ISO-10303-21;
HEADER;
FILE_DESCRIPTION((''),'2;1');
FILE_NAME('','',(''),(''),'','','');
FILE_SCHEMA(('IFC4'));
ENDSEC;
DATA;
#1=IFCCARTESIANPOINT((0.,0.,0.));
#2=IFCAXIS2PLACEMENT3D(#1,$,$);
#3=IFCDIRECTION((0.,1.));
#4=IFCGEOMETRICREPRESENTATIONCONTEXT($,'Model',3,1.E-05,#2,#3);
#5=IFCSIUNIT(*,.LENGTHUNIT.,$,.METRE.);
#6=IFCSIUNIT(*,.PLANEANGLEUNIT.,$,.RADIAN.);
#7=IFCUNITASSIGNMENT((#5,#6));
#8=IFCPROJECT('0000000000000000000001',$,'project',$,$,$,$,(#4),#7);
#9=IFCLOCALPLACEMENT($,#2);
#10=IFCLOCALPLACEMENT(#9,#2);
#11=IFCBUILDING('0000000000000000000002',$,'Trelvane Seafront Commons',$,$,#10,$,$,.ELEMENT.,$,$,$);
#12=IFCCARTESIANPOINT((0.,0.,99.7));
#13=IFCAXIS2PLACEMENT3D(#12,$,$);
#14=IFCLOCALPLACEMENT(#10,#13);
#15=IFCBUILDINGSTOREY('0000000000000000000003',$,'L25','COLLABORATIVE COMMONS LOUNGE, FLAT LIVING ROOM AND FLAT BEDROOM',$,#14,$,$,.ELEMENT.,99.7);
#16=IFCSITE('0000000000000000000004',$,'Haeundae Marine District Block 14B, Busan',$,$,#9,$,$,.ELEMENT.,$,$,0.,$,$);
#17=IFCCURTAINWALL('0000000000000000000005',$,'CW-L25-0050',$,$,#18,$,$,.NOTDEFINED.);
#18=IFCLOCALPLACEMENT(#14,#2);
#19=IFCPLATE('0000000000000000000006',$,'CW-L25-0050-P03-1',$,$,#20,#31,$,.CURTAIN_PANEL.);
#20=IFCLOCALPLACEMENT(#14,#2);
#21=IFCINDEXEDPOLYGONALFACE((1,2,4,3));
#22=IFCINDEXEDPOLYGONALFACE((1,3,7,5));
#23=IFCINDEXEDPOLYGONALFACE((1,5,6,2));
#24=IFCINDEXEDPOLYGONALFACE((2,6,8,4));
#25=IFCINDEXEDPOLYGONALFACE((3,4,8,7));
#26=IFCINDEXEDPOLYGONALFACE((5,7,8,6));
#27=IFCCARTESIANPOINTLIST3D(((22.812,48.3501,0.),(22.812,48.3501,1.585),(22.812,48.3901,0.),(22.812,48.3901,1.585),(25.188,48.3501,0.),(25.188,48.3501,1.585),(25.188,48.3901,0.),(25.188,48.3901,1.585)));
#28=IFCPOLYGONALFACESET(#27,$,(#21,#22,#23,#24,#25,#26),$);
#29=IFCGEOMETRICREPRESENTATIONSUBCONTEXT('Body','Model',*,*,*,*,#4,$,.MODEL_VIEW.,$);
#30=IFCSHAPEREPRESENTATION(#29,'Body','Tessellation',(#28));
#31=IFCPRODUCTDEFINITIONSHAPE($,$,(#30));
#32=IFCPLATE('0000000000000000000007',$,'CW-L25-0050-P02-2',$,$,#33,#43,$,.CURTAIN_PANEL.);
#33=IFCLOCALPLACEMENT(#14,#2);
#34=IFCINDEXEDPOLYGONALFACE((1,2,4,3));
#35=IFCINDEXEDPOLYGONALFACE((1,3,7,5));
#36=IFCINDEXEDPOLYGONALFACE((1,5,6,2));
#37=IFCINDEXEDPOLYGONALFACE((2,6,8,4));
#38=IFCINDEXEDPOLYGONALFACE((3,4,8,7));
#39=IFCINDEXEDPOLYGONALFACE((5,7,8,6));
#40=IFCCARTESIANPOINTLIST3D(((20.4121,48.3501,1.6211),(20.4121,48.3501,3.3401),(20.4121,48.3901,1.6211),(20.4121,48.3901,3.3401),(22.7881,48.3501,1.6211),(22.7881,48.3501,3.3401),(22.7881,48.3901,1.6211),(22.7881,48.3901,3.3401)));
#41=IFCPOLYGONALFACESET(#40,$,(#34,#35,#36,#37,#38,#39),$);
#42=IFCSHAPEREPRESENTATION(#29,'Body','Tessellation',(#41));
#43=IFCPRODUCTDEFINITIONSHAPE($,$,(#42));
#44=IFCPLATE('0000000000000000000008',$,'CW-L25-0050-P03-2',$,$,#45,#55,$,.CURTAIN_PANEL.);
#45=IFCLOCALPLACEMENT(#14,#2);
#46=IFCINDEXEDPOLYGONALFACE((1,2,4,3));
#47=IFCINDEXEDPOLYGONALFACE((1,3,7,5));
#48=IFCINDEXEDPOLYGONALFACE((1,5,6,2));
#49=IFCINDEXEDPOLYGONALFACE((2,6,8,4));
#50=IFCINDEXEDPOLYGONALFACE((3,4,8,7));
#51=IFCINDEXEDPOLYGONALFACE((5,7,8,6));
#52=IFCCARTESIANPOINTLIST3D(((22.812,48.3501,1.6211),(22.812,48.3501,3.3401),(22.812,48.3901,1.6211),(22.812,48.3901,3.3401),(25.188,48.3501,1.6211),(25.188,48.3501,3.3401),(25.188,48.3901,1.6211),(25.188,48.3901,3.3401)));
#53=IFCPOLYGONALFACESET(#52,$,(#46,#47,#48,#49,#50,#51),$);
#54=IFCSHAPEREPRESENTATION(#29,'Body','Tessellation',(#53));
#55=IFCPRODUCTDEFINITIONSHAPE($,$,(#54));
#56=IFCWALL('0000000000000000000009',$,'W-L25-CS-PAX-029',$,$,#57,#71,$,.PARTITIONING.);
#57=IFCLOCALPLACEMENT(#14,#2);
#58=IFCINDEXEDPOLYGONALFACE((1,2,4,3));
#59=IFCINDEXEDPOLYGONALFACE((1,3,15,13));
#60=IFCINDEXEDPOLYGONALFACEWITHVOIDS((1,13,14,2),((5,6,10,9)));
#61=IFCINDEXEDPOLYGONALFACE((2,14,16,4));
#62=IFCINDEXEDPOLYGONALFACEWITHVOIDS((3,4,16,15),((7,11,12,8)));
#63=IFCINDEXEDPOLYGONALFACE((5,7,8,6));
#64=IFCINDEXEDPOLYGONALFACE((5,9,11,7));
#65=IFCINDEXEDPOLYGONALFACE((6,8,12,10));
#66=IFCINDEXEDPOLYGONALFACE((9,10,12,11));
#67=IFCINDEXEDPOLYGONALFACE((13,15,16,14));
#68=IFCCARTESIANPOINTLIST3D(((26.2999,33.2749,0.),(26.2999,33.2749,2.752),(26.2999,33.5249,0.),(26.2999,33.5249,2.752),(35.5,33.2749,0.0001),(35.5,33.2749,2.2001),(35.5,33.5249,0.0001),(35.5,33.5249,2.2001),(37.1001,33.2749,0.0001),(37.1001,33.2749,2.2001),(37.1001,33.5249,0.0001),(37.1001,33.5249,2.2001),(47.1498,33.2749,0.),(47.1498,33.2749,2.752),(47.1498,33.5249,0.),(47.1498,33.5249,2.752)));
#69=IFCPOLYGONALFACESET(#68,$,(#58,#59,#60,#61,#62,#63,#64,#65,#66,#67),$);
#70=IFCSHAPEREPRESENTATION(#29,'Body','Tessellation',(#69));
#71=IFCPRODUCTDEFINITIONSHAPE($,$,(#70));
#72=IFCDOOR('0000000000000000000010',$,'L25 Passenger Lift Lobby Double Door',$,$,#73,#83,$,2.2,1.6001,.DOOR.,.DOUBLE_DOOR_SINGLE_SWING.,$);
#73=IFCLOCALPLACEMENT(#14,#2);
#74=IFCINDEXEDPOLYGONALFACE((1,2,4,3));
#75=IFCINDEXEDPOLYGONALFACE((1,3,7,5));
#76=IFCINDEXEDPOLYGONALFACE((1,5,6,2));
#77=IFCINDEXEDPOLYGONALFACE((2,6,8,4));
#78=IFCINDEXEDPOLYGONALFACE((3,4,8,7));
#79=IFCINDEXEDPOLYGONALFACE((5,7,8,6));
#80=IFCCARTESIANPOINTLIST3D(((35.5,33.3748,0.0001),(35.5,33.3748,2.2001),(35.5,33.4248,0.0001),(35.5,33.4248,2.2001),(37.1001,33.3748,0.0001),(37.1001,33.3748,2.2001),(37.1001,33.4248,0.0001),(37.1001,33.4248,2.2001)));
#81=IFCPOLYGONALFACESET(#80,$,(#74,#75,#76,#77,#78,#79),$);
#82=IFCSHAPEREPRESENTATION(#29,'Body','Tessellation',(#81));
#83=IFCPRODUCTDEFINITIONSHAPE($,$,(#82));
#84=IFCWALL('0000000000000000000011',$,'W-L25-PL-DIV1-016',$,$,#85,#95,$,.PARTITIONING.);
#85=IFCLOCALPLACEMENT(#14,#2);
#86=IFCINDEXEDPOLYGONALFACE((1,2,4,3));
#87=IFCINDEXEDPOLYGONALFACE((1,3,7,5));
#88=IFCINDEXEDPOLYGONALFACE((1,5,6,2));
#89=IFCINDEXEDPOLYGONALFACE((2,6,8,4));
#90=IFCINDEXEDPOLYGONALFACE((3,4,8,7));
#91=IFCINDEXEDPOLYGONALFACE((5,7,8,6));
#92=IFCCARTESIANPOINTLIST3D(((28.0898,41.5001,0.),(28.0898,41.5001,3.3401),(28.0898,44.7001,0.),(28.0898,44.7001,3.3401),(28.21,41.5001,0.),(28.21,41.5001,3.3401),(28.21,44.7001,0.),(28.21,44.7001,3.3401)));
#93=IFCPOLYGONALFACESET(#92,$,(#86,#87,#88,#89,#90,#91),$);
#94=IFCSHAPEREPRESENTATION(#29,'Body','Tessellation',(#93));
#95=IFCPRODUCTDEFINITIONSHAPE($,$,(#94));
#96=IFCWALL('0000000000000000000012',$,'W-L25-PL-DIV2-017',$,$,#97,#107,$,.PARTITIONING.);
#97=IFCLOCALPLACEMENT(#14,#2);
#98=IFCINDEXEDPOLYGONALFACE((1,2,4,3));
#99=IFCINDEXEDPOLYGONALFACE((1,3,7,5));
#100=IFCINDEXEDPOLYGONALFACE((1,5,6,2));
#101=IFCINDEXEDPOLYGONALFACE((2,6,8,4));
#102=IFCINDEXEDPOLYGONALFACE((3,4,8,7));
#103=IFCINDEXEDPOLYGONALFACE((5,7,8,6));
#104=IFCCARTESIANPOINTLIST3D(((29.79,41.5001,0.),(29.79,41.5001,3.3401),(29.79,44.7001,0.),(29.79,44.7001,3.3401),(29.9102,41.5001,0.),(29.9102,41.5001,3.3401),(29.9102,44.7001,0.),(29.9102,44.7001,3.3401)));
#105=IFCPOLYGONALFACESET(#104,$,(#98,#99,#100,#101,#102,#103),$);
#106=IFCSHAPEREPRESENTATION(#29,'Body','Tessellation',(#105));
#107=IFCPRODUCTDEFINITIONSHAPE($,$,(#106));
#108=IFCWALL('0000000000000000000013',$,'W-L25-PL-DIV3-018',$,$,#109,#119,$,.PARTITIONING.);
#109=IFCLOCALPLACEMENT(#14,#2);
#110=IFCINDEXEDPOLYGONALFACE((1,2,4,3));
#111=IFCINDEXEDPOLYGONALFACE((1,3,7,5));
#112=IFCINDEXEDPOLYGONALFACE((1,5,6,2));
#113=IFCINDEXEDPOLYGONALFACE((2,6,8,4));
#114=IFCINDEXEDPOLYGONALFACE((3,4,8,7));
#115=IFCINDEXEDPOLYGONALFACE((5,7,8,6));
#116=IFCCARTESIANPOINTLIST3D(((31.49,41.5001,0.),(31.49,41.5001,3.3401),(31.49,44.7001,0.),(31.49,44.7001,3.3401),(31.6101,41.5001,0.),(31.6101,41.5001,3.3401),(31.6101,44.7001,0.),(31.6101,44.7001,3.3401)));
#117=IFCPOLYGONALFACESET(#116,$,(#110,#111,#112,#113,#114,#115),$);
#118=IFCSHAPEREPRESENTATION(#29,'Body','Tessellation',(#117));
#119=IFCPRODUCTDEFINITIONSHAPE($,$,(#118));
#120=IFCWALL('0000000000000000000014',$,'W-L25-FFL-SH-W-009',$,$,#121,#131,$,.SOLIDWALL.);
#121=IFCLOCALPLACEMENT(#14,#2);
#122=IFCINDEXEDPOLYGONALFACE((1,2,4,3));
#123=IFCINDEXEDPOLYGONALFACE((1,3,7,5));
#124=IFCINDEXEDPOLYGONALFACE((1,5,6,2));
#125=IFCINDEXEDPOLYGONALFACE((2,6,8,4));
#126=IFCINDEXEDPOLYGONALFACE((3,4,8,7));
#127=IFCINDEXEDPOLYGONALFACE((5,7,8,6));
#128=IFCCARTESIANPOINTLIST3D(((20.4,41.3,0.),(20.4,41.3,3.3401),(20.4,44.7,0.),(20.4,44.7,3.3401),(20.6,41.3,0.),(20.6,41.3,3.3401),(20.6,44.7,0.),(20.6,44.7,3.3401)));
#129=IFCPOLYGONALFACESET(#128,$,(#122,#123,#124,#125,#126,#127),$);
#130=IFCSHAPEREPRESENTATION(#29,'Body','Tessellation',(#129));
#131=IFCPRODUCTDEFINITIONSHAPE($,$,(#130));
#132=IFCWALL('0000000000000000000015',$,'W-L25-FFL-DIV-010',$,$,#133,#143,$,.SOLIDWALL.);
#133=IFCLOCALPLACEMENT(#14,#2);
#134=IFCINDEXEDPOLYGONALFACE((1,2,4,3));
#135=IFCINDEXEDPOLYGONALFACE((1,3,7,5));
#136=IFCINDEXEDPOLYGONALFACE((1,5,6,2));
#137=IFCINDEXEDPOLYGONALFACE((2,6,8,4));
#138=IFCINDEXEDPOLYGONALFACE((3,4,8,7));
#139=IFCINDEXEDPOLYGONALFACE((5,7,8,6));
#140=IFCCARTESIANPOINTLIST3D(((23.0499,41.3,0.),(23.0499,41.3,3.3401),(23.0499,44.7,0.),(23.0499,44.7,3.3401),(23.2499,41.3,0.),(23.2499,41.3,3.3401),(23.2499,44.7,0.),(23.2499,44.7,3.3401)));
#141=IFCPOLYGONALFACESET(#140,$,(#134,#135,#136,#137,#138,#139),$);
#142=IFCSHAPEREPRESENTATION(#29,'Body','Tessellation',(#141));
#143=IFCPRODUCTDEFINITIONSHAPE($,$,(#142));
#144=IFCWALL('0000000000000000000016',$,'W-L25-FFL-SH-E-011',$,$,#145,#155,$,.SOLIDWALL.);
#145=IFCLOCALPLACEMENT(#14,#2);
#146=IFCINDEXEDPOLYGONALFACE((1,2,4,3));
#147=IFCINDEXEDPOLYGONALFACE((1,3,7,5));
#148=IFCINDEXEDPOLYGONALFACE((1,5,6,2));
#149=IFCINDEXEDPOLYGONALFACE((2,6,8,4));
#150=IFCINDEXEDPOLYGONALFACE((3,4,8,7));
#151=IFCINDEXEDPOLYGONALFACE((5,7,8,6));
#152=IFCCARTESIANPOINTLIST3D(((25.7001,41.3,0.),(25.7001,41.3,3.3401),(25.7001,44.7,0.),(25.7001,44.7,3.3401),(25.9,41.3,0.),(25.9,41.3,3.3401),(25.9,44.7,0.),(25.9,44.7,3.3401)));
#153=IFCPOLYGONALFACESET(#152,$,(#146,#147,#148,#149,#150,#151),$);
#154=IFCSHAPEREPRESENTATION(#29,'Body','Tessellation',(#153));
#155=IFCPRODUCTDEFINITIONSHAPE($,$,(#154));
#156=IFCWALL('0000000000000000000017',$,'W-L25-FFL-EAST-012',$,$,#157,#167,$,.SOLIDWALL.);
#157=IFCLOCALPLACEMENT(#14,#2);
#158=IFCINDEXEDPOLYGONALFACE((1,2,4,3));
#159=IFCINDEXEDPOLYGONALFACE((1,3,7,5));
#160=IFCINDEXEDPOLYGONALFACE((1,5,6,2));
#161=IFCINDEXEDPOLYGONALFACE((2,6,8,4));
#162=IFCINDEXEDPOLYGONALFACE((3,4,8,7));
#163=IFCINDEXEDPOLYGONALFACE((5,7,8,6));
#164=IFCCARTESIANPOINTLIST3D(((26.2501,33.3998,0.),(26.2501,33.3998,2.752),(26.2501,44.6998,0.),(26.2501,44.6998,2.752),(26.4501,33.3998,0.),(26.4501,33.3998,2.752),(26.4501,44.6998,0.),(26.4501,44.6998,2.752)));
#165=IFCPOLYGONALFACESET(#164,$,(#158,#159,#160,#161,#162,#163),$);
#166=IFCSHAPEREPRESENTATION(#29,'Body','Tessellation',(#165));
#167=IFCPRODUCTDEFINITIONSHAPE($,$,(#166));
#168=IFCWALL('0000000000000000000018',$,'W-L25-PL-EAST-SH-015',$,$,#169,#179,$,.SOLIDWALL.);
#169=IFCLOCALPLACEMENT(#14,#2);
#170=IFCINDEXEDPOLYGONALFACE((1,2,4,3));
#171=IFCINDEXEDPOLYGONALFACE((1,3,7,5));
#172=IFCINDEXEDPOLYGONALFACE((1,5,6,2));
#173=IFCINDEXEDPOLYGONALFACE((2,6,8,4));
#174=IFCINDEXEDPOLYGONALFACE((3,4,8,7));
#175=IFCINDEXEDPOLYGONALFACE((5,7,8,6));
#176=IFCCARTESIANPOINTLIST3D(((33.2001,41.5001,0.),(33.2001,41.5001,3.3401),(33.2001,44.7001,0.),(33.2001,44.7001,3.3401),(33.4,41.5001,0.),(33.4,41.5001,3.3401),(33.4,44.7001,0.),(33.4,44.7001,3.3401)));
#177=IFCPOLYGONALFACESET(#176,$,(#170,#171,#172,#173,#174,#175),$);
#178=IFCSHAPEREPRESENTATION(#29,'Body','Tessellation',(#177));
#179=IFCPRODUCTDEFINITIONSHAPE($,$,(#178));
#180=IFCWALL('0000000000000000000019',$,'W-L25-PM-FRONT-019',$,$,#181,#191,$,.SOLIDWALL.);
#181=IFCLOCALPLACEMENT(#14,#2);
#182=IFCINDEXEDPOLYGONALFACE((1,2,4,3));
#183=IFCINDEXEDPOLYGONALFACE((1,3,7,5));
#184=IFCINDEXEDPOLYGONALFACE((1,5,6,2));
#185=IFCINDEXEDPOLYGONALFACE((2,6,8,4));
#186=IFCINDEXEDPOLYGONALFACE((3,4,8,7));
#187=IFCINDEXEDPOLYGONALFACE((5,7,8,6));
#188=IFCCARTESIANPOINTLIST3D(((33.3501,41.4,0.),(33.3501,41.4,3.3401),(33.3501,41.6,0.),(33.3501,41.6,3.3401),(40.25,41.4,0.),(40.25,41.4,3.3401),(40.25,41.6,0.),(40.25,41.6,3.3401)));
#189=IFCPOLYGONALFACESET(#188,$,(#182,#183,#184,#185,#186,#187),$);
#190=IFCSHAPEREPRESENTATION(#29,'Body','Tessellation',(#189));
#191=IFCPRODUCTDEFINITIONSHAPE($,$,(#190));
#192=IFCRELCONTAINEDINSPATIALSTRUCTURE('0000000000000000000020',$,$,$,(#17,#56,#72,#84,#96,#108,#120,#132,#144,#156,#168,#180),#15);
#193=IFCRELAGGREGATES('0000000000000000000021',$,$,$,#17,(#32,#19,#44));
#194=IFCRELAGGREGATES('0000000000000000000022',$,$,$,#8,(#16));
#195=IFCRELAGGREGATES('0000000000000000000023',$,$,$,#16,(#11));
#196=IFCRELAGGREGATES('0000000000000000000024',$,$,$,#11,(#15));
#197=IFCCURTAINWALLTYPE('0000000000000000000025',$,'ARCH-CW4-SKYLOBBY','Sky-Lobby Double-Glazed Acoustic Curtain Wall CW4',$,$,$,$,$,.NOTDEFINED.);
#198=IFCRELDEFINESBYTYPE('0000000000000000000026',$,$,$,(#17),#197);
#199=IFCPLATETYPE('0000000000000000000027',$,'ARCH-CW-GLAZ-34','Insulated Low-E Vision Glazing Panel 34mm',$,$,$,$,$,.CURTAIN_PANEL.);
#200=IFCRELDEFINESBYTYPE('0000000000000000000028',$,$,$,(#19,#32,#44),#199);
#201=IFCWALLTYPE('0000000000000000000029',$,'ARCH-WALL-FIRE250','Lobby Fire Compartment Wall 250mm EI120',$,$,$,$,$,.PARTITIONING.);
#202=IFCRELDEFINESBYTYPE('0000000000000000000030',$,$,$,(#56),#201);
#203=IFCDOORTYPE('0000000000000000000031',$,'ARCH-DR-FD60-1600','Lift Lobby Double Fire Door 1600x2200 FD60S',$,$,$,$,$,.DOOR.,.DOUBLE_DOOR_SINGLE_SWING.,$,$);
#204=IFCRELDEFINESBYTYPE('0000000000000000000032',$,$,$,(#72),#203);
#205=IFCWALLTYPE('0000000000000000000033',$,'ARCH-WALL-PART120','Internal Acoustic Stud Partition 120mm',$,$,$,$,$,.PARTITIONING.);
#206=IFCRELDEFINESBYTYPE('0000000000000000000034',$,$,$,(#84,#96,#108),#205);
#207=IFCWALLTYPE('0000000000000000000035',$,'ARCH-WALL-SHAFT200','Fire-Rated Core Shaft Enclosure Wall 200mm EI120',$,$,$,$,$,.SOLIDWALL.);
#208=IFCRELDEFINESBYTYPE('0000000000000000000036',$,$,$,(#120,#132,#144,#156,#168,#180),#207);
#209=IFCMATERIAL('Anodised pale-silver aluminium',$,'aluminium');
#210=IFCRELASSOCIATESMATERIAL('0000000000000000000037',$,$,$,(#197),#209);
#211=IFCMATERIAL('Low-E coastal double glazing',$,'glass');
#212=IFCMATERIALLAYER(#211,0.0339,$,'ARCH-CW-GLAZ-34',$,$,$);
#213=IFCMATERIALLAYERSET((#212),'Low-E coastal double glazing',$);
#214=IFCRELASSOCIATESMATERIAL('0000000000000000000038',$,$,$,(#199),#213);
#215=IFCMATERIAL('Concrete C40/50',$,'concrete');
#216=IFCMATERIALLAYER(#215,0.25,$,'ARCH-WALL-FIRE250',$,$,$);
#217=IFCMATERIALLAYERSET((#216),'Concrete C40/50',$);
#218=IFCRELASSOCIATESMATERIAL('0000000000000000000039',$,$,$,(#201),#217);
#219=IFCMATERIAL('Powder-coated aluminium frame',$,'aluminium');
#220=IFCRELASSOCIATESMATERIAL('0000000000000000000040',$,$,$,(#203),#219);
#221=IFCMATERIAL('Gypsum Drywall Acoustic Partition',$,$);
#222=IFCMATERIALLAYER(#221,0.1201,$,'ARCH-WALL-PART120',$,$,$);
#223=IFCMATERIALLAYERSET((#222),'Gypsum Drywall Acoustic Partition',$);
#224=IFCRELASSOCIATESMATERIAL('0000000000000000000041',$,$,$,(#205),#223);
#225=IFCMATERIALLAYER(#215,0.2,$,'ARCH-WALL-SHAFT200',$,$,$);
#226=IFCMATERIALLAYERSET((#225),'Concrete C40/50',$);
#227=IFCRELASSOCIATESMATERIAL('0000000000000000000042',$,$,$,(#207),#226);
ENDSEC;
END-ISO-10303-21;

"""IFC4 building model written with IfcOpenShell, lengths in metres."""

from ifc_helpers import new_model, si_unit, direction, frame, frame_2d, origin, origin_2d, place, context, subcontext, project, spatial, rectangle, extrude, source, transform, mapped, material, layer, layer_set, type_object, element, fill, aggregate, save


model = new_model("IFC4")

# Units and contexts
model_context = context("Model", 3, precision=1e-05, world=origin(), true_north=direction((0.0, 1.0)))
body_context = subcontext(model_context, "Body", "Model", "MODEL_VIEW")
ifc_project = project(units=[si_unit("LENGTHUNIT", "METRE"), si_unit("PLANEANGLEUNIT", "RADIAN")], contexts=[model_context])

# Site, building, storey
site_placement = place(None, origin())
site = spatial("IfcSite", under=ifc_project, at=site_placement, Name="Haeundae Marine District Block 14B, Busan", CompositionType="ELEMENT", RefElevation=0.0)
building_placement = place(site_placement, origin())
building = spatial("IfcBuilding", under=site, at=building_placement, Name="Trelvane Seafront Commons", CompositionType="ELEMENT")
storey_placement = place(building_placement, frame((0.0, 0.0, 99.7)))
storey = spatial("IfcBuildingStorey", under=building, at=storey_placement, Name="L25", Description="COLLABORATIVE COMMONS LOUNGE, FLAT LIVING ROOM AND FLAT BEDROOM", CompositionType="ELEMENT", Elevation=99.7)

# Curtain wall, plates
ifc_material_1 = material(Name="Anodised pale-silver aluminium", Category="aluminium")
curtain_wall_type = type_object("IfcCurtainWallType", Name="ARCH-CW4-SKYLOBBY", Description="Sky-Lobby Double-Glazed Acoustic Curtain Wall CW4", PredefinedType="NOTDEFINED", material=ifc_material_1)
curtain_wall_placement = place(storey_placement, origin())
curtain_wall = element("IfcCurtainWall", 1, at=curtain_wall_placement, inside=storey, type_object=curtain_wall_type, Name="CW-L25-0050", PredefinedType="NOTDEFINED")
ifc_material_2 = material(Name="Low-E coastal double glazing", Category="glass")
ifc_layer_1 = layer(ifc_material_2, 0.0339, Name="ARCH-CW-GLAZ-34")
ifc_layer_set_1 = layer_set([ifc_layer_1], Name="Low-E coastal double glazing")
plate_type = type_object("IfcPlateType", Name="ARCH-CW-GLAZ-34", Description="Insulated Low-E Vision Glazing Panel 34mm", PredefinedType="CURTAIN_PANEL", material=ifc_layer_set_1)
shared_shape_1 = source(origin(), body_context, "Body", "SweptSolid", [
    extrude(rectangle(XDim=2.376, YDim=0.04, at=origin_2d()), origin(), (0.0, 0.0, 1.0), 1.585),
])
plate_1_placement = place(storey_placement, frame((24.0, 48.3701, 0.0), z_axis=(0.0, 0.0, 1.0), x_axis=(1.0, 0.0, 0.0)))
plate_1 = element("IfcPlate", 2, at=plate_1_placement, type_object=plate_type, Name="CW-L25-0050-P03-1", PredefinedType="CURTAIN_PANEL", context=body_context, shape_type="MappedRepresentation", body=[
    mapped(shared_shape_1, transform((0.0, 0.0, 0.0), x_axis=(1.0, 0.0, 0.0), y_axis=(0.0, 1.0, 0.0), z_axis=(0.0, 0.0, 1.0), scale=1.0)),
])
shared_shape_2 = source(origin(), body_context, "Body", "SweptSolid", [
    extrude(rectangle(XDim=2.376, YDim=0.04, at=origin_2d()), origin(), (0.0, 0.0, 1.0), 1.719),
])
plate_2_placement = place(storey_placement, frame((21.6001, 48.3701, 1.6211), z_axis=(0.0, 0.0, 1.0), x_axis=(1.0, 0.0, 0.0)))
plate_2 = element("IfcPlate", 3, at=plate_2_placement, type_object=plate_type, Name="CW-L25-0050-P02-2", PredefinedType="CURTAIN_PANEL", context=body_context, shape_type="MappedRepresentation", body=[
    mapped(shared_shape_2, transform((0.0, 0.0, 0.0), x_axis=(1.0, 0.0, 0.0), y_axis=(0.0, 1.0, 0.0), z_axis=(0.0, 0.0, 1.0), scale=1.0)),
])
plate_3_placement = place(storey_placement, frame((24.0, 48.3701, 1.6211), z_axis=(0.0, 0.0, 1.0), x_axis=(1.0, 0.0, 0.0)))
plate_3 = element("IfcPlate", 4, at=plate_3_placement, type_object=plate_type, Name="CW-L25-0050-P03-2", PredefinedType="CURTAIN_PANEL", context=body_context, shape_type="MappedRepresentation", body=[
    mapped(shared_shape_2, transform((0.0, 0.0, 0.0), x_axis=(1.0, 0.0, 0.0), y_axis=(0.0, 1.0, 0.0), z_axis=(0.0, 0.0, 1.0), scale=1.0)),
])
aggregate(curtain_wall, [plate_2, plate_1, plate_3])

# Wall, opening, door
ifc_material_3 = material(Name="Concrete C40/50", Category="concrete")
ifc_layer_2 = layer(ifc_material_3, 0.25, Name="ARCH-WALL-FIRE250")
ifc_layer_set_2 = layer_set([ifc_layer_2], Name="Concrete C40/50")
wall_type_1 = type_object("IfcWallType", Name="ARCH-WALL-FIRE250", Description="Lobby Fire Compartment Wall 250mm EI120", PredefinedType="PARTITIONING", material=ifc_layer_set_2)
wall_1_placement = place(storey_placement, frame((26.3, 33.3999, 0.0), z_axis=(0.0, 0.0, 1.0), x_axis=(1.0, 0.0, 0.0)))
wall_1 = element("IfcWall", 5, at=wall_1_placement, inside=storey, type_object=wall_type_1, Name="W-L25-CS-PAX-029", PredefinedType="PARTITIONING", context=body_context, shape_type="SweptSolid", body=[
    extrude(rectangle(XDim=20.8499, YDim=0.25, at=frame_2d((10.4248, 0.0))), origin(), (0.0, 0.0, 1.0), 2.752),
])
opening_1_placement = place(wall_1_placement, frame((9.2, 0.0, 0.0)))
opening_1 = element("IfcOpeningElement", 6, at=opening_1_placement, cuts=wall_1, PredefinedType="OPENING", context=body_context, shape_type="SweptSolid", body=[
    extrude(rectangle(XDim=1.6001, YDim=2.2, at=frame_2d((0.8, 1.1001))), frame((0.0, 0.135, 0.0), z_axis=(0.0, -1.0, 0.0), x_axis=(1.0, 0.0, 0.0)), (0.0, 0.0, 1.0), 0.27),
])
ifc_material_4 = material(Name="Powder-coated aluminium frame", Category="aluminium")
door_type_1 = type_object("IfcDoorType", Name="ARCH-DR-FD60-1600", Description="Lift Lobby Double Fire Door 1600x2200 FD60S", OperationType="DOUBLE_DOOR_SINGLE_SWING", PredefinedType="DOOR", material=ifc_material_4)
shared_shape_3 = source(origin(), body_context, "Body", "SweptSolid", [
    extrude(rectangle(XDim=1.6001, YDim=2.2, at=frame_2d((0.8, 1.1001))), frame((0.0, 0.0249, 0.0), z_axis=(0.0, -1.0, 0.0), x_axis=(1.0, 0.0, 0.0)), (0.0, 0.0, 1.0), 0.05),
])
door_1_placement = place(opening_1_placement, origin())
door_1 = element("IfcDoor", 7, at=door_1_placement, inside=storey, type_object=door_type_1, Name="L25 Passenger Lift Lobby Double Door", OperationType="DOUBLE_DOOR_SINGLE_SWING", OverallHeight=2.2, OverallWidth=1.6001, PredefinedType="DOOR", context=body_context, shape_type="MappedRepresentation", body=[
    mapped(shared_shape_3, transform((0.0, 0.0, 0.0), x_axis=(1.0, 0.0, 0.0), y_axis=(0.0, 1.0, 0.0), z_axis=(0.0, 0.0, 1.0), scale=1.0)),
])
fill(opening_1, door_1)

# Walls
ifc_material_5 = material(Name="Gypsum Drywall Acoustic Partition")
ifc_layer_3 = layer(ifc_material_5, 0.1201, Name="ARCH-WALL-PART120")
ifc_layer_set_3 = layer_set([ifc_layer_3], Name="Gypsum Drywall Acoustic Partition")
wall_type_2 = type_object("IfcWallType", Name="ARCH-WALL-PART120", Description="Internal Acoustic Stud Partition 120mm", PredefinedType="PARTITIONING", material=ifc_layer_set_3)
for number, where, z_axis, x_axis, name in (
    (8, (28.1499, 41.5, 0.0), (0.0, 0.0, 1.0), (0.0, 1.0, 0.0), "W-L25-PL-DIV1-016"),
    (9, (29.8501, 41.5, 0.0), (0.0, 0.0, 1.0), (0.0, 1.0, 0.0), "W-L25-PL-DIV2-017"),
    (10, (31.55, 41.5, 0.0), (0.0, 0.0, 1.0), (0.0, 1.0, 0.0), "W-L25-PL-DIV3-018"),
):
    element("IfcWall", number, at=place(storey_placement, frame(where, z_axis=z_axis, x_axis=x_axis)), inside=storey, type_object=wall_type_2, Name=name, PredefinedType="PARTITIONING", context=body_context, shape_type="SweptSolid", body=[
        extrude(rectangle(XDim=3.2, YDim=0.1201, at=frame_2d((1.6001, 0.0))), origin(), (0.0, 0.0, 1.0), 3.3401),
    ])
ifc_layer_4 = layer(ifc_material_3, 0.2, Name="ARCH-WALL-SHAFT200")
ifc_layer_set_4 = layer_set([ifc_layer_4], Name="Concrete C40/50")
wall_type_3 = type_object("IfcWallType", Name="ARCH-WALL-SHAFT200", Description="Fire-Rated Core Shaft Enclosure Wall 200mm EI120", PredefinedType="SOLIDWALL", material=ifc_layer_set_4)
for number, where, z_axis, x_axis, name in (
    (11, (20.5, 41.3, 0.0), (0.0, 0.0, 1.0), (0.0, 1.0, 0.0), "W-L25-FFL-SH-W-009"),
    (12, (23.1499, 41.3, 0.0), (0.0, 0.0, 1.0), (0.0, 1.0, 0.0), "W-L25-FFL-DIV-010"),
    (13, (25.8, 41.3, 0.0), (0.0, 0.0, 1.0), (0.0, 1.0, 0.0), "W-L25-FFL-SH-E-011"),
):
    element("IfcWall", number, at=place(storey_placement, frame(where, z_axis=z_axis, x_axis=x_axis)), inside=storey, type_object=wall_type_3, Name=name, PredefinedType="SOLIDWALL", context=body_context, shape_type="SweptSolid", body=[
        extrude(rectangle(XDim=3.3999, YDim=0.2, at=frame_2d((1.7, 0.0))), origin(), (0.0, 0.0, 1.0), 3.3401),
    ])
wall_2_placement = place(storey_placement, frame((26.3501, 33.3999, 0.0), z_axis=(0.0, 0.0, 1.0), x_axis=(0.0, 1.0, 0.0)))
element("IfcWall", 14, at=wall_2_placement, inside=storey, type_object=wall_type_3, Name="W-L25-FFL-EAST-012", PredefinedType="SOLIDWALL", context=body_context, shape_type="SweptSolid", body=[
    extrude(rectangle(XDim=11.3, YDim=0.2, at=frame_2d((5.6499, 0.0))), origin(), (0.0, 0.0, 1.0), 2.752),
])

# Walls
wall_3_placement = place(storey_placement, frame((33.3, 41.5, 0.0), z_axis=(0.0, 0.0, 1.0), x_axis=(0.0, 1.0, 0.0)))
element("IfcWall", 15, at=wall_3_placement, inside=storey, type_object=wall_type_3, Name="W-L25-PL-EAST-SH-015", PredefinedType="SOLIDWALL", context=body_context, shape_type="SweptSolid", body=[
    extrude(rectangle(XDim=3.2, YDim=0.2, at=frame_2d((1.6001, 0.0))), origin(), (0.0, 0.0, 1.0), 3.3401),
])
wall_4_placement = place(storey_placement, frame((33.3501, 41.5, 0.0), z_axis=(0.0, 0.0, 1.0), x_axis=(1.0, 0.0, 0.0)))
element("IfcWall", 16, at=wall_4_placement, inside=storey, type_object=wall_type_3, Name="W-L25-PM-FRONT-019", PredefinedType="SOLIDWALL", context=body_context, shape_type="SweptSolid", body=[
    extrude(rectangle(XDim=6.8999, YDim=0.2, at=frame_2d((3.45, 0.0))), origin(), (0.0, 0.0, 1.0), 3.3401),
])

save(model, "model.ifc")
